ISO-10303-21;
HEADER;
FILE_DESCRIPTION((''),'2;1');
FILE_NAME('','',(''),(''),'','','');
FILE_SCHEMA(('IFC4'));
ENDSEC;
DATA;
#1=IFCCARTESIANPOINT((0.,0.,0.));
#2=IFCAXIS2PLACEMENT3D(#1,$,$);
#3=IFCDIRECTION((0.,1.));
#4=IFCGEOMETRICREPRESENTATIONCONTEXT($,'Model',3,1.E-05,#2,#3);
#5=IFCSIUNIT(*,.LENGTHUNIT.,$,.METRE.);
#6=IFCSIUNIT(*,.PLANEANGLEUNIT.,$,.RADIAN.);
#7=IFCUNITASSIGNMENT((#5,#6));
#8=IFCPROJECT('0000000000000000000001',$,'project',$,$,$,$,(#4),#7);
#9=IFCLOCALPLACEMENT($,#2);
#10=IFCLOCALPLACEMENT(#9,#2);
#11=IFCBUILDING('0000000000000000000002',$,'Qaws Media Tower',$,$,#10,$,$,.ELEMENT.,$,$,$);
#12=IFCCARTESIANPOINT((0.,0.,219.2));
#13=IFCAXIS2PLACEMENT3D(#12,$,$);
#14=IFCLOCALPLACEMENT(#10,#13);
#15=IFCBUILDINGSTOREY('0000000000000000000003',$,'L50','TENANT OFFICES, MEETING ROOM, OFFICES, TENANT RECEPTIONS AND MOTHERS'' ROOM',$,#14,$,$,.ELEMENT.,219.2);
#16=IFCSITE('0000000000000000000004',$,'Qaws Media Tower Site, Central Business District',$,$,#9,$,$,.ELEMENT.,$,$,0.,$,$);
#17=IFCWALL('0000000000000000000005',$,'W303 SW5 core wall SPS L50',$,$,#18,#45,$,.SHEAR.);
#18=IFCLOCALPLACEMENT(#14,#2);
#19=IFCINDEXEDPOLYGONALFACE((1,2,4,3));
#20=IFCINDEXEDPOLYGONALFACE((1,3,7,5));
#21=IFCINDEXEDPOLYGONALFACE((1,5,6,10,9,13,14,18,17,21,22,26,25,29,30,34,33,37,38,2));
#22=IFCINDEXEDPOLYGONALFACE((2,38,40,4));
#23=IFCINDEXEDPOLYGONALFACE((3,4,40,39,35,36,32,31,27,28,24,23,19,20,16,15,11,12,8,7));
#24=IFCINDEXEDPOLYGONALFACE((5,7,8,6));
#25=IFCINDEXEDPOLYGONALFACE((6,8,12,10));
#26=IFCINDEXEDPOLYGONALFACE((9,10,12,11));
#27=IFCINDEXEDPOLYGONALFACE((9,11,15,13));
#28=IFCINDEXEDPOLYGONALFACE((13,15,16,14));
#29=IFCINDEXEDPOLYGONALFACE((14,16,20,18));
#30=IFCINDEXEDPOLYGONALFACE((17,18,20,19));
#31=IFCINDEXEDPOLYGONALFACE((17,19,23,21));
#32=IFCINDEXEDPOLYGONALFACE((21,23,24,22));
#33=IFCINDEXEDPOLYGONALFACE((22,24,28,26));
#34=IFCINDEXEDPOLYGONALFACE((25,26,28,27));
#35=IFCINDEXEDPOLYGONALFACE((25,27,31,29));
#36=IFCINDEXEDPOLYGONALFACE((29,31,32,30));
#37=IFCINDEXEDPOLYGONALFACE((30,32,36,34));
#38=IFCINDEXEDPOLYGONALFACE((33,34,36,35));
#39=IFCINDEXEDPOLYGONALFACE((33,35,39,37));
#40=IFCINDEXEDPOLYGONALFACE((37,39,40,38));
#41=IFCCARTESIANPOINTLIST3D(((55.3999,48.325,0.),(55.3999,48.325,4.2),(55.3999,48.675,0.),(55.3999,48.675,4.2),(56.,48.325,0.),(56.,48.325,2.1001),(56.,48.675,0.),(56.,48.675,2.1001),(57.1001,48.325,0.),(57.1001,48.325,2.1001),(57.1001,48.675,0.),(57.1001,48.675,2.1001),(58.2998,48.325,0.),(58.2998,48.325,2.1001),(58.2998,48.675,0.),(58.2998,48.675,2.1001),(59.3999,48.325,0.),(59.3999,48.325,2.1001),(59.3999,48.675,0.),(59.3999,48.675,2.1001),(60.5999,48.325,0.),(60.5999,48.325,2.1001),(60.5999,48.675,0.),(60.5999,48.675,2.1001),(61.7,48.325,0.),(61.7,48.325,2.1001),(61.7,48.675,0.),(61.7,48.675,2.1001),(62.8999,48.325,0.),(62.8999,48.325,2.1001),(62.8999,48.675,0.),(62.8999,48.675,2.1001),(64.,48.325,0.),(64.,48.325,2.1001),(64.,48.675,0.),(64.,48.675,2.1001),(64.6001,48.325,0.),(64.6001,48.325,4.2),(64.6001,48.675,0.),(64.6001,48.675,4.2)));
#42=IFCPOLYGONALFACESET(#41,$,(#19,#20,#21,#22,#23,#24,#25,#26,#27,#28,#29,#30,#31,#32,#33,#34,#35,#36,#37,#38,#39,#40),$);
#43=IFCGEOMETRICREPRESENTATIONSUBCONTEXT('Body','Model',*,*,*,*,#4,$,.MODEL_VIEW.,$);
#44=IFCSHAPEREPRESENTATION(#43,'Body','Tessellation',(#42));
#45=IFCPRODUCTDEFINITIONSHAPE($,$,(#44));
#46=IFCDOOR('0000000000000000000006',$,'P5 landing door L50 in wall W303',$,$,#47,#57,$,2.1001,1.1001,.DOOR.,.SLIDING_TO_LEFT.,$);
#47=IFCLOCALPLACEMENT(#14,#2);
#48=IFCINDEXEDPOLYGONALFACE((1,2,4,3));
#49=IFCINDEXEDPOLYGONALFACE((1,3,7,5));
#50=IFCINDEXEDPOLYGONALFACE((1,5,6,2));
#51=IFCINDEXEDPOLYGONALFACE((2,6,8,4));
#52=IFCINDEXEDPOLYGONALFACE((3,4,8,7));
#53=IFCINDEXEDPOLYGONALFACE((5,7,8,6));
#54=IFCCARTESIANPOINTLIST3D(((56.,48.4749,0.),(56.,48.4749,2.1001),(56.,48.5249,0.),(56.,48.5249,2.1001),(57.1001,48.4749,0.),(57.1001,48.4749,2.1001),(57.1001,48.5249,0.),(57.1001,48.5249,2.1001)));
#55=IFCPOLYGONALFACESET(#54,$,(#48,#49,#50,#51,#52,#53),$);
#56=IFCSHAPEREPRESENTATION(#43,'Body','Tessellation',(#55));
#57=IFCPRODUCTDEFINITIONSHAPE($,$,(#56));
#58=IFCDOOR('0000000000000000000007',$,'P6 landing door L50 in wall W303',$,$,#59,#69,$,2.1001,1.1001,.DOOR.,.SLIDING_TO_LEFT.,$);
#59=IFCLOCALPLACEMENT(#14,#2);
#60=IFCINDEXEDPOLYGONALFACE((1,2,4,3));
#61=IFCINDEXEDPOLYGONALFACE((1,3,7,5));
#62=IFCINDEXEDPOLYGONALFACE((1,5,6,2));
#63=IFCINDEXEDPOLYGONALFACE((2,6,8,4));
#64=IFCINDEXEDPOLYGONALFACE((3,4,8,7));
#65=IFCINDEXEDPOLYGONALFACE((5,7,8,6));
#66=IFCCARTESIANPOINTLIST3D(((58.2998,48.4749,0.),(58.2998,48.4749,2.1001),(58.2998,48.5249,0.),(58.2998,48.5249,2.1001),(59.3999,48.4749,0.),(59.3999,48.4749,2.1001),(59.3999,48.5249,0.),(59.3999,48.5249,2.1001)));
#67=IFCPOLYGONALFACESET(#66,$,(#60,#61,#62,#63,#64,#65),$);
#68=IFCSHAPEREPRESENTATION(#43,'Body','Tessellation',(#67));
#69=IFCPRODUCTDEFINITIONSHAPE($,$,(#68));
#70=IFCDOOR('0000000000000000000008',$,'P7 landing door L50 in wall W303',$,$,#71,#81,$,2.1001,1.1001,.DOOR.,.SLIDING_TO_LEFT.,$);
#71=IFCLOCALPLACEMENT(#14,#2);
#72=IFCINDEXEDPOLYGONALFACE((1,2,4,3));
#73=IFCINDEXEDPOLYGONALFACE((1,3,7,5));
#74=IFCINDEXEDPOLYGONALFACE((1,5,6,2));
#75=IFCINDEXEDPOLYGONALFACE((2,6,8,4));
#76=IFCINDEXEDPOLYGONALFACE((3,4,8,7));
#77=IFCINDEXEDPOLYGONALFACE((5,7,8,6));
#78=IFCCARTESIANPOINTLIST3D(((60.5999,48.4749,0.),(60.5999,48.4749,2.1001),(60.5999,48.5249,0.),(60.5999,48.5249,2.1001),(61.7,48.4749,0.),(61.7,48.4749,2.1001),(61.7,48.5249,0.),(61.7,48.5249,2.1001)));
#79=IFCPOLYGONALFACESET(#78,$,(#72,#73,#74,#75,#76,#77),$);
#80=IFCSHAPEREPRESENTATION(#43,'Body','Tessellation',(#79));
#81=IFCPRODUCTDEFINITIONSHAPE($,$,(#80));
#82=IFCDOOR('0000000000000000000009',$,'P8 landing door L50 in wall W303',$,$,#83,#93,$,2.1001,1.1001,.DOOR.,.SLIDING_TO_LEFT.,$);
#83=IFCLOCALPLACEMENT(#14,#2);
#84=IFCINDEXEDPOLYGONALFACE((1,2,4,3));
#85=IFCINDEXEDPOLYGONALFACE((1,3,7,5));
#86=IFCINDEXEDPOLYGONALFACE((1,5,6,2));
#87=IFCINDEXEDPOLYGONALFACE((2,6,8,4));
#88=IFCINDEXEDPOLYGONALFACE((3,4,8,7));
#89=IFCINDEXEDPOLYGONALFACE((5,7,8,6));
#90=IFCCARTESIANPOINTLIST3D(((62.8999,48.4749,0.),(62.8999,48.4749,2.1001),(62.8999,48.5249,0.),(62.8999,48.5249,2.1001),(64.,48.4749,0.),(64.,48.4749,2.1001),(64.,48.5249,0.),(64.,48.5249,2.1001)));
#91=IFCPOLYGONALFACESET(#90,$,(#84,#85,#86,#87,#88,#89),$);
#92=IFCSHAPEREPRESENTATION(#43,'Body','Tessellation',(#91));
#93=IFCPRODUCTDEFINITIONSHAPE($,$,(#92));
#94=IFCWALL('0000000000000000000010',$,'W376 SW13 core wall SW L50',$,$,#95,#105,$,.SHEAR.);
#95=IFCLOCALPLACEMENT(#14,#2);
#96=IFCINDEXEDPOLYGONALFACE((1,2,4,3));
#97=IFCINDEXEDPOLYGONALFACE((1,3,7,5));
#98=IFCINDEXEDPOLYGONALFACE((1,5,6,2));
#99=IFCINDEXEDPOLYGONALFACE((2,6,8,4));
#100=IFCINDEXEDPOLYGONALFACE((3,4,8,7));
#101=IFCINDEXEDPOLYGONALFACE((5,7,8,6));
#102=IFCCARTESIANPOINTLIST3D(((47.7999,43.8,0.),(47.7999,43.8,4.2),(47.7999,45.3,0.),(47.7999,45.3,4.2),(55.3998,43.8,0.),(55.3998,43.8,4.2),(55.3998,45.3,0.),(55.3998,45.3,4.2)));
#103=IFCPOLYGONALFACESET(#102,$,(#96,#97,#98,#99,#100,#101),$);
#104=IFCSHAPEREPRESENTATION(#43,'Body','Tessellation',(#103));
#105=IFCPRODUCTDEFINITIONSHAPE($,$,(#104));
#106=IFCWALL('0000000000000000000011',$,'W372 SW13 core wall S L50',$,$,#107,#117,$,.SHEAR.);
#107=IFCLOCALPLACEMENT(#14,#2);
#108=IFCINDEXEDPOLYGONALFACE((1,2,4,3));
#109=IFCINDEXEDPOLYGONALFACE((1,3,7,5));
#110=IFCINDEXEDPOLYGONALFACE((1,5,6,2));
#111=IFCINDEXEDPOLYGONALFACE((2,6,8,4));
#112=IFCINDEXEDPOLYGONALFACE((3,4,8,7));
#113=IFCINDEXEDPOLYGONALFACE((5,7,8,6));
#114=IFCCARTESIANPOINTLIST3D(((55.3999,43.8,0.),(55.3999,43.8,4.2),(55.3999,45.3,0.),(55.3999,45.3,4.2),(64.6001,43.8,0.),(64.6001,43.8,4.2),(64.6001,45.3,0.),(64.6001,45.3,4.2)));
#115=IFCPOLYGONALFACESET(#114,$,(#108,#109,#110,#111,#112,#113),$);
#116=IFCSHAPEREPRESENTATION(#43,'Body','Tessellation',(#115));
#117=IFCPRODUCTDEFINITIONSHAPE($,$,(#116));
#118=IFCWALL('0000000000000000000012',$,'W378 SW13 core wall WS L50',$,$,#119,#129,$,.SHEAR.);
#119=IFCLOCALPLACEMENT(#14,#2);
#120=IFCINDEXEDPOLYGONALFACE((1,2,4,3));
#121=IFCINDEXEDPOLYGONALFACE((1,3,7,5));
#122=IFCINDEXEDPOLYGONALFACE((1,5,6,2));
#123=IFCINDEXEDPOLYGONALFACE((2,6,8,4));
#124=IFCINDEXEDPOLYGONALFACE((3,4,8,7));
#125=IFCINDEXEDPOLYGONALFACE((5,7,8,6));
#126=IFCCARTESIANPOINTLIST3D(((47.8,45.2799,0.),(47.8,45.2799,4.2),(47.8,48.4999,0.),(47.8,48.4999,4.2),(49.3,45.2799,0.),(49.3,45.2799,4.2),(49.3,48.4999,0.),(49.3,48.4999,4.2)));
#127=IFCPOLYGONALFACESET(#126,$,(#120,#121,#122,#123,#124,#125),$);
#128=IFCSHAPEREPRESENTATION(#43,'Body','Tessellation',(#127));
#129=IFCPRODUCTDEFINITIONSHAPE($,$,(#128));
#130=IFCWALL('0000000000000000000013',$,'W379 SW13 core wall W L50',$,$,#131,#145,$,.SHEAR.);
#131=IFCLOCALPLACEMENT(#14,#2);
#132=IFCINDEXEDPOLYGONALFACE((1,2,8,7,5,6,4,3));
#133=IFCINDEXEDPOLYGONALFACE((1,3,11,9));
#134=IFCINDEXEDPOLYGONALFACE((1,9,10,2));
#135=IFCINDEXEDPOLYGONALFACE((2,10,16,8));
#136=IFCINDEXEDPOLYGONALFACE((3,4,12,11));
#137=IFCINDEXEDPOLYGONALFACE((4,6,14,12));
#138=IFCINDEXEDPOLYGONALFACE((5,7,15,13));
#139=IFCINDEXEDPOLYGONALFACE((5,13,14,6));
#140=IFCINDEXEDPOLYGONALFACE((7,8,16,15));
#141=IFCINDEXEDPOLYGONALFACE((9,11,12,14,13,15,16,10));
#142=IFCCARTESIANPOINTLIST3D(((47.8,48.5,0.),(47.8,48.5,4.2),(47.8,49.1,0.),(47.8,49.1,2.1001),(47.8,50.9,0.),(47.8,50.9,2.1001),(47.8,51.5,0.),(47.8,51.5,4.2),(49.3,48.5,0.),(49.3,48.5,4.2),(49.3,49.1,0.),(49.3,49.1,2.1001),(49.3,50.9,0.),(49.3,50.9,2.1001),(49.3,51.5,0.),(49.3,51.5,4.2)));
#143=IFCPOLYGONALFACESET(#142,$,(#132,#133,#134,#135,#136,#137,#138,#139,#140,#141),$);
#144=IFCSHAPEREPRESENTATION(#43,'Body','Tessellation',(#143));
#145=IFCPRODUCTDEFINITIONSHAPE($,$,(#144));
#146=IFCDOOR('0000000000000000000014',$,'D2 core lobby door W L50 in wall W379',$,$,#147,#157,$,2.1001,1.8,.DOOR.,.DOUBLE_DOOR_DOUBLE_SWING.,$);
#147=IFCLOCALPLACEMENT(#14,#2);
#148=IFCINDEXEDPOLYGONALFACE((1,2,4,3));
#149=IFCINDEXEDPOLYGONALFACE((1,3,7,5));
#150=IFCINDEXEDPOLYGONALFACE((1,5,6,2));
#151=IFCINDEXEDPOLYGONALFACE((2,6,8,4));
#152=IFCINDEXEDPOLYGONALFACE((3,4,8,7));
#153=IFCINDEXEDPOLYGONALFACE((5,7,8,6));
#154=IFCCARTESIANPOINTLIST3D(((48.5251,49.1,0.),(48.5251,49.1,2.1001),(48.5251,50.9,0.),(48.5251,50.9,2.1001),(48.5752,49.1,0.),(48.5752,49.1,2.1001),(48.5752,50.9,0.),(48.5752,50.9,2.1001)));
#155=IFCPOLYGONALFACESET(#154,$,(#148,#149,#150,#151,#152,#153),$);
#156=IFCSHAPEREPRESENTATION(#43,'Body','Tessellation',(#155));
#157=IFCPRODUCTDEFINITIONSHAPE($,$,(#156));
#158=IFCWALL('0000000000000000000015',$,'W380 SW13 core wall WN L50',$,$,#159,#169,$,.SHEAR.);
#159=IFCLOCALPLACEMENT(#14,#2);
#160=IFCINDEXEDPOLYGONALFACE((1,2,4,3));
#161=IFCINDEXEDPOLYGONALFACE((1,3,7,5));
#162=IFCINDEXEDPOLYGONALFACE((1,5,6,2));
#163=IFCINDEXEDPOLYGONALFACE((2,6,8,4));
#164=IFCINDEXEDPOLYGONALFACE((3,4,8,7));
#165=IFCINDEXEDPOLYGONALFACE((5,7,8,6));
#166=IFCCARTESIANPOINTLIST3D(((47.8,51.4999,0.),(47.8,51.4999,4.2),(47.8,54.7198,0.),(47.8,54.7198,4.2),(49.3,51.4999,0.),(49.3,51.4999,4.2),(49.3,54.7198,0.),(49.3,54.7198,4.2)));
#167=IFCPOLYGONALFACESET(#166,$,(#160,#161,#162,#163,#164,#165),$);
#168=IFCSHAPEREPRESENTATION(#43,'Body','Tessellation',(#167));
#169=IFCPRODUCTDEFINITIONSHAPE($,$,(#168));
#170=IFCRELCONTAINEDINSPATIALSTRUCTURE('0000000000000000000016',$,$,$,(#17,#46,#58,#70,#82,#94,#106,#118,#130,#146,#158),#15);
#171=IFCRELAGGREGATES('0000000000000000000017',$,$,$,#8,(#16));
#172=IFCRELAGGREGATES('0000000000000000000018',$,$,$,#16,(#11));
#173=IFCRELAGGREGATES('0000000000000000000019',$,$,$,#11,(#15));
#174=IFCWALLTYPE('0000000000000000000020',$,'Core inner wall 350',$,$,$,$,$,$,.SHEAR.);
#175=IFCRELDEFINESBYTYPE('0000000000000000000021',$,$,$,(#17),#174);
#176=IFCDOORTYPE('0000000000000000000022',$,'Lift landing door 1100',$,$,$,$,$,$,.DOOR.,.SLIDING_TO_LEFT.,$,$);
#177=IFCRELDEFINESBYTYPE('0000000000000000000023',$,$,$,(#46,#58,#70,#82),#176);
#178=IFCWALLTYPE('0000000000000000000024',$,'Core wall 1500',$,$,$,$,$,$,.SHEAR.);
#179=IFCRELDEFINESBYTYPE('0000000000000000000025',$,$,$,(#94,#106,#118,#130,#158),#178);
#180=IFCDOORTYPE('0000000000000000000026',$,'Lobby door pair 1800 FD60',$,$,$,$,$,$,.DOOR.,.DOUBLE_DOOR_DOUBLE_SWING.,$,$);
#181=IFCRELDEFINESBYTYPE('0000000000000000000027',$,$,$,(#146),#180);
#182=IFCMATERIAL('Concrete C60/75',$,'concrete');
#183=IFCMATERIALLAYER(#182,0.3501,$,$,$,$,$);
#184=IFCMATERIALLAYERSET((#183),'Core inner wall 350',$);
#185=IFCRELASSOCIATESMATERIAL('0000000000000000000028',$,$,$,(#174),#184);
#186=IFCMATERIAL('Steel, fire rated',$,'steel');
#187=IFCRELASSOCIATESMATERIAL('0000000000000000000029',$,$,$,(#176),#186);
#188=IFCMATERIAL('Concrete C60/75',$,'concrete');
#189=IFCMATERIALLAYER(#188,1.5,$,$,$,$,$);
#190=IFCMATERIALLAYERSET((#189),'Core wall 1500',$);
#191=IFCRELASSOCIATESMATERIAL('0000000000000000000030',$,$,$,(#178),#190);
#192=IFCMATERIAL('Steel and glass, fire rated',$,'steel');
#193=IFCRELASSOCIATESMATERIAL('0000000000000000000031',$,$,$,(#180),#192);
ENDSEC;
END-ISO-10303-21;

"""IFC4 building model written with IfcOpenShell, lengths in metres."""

from ifc_helpers import new_model, si_unit, direction, frame, frame_2d, origin, place, context, subcontext, project, spatial, rectangle, extrude, material, layer, layer_set, type_object, element, fill, save


model = new_model("IFC4")

# Units and contexts
model_context = context("Model", 3, precision=1e-05, world=origin(), true_north=direction((0.0, 1.0)))
body_context = subcontext(model_context, "Body", "Model", "MODEL_VIEW")
ifc_project = project(units=[si_unit("LENGTHUNIT", "METRE"), si_unit("PLANEANGLEUNIT", "RADIAN")], contexts=[model_context])

# Site, building, storey
site_placement = place(None, origin())
site = spatial("IfcSite", under=ifc_project, at=site_placement, Name="Qaws Media Tower Site, Central Business District", CompositionType="ELEMENT", RefElevation=0.0)
building_placement = place(site_placement, origin())
building = spatial("IfcBuilding", under=site, at=building_placement, Name="Qaws Media Tower", CompositionType="ELEMENT")
storey_placement = place(building_placement, frame((0.0, 0.0, 219.2)))
storey = spatial("IfcBuildingStorey", under=building, at=storey_placement, Name="L50", Description="TENANT OFFICES, MEETING ROOM, OFFICES, TENANT RECEPTIONS AND MOTHERS' ROOM", CompositionType="ELEMENT", Elevation=219.2)

# Shared definitions
ifc_material_1 = material(Name="Concrete C60/75", Category="concrete")
ifc_layer_1 = layer(ifc_material_1, 0.3501)
ifc_layer_set_1 = layer_set([ifc_layer_1], Name="Core inner wall 350")
wall_type_1 = type_object("IfcWallType", Name="Core inner wall 350", PredefinedType="SHEAR", material=ifc_layer_set_1)

# Wall, openings, doors
wall_1_placement = place(storey_placement, frame((55.3999, 48.5, 0.0), z_axis=(0.0, 0.0, 1.0), x_axis=(1.0, 0.0, 0.0)))
wall_1 = element("IfcWall", 1, at=wall_1_placement, inside=storey, type_object=wall_type_1, Name="W303 SW5 core wall SPS L50", PredefinedType="SHEAR", context=body_context, shape_type="SweptSolid", body=[
    extrude(rectangle(XDim=9.2002, YDim=0.3501, at=frame_2d((4.6001, 0.0))), origin(), (0.0, 0.0, 1.0), 4.2),
])
opening_1_placement = place(wall_1_placement, frame((0.6001, 0.0, 0.0)))
opening_1 = element("IfcOpeningElement", 2, at=opening_1_placement, cuts=wall_1, PredefinedType="OPENING", context=body_context, shape_type="SweptSolid", body=[
    extrude(rectangle(XDim=1.1001, YDim=2.1001, at=frame_2d((0.55, 1.05))), frame((0.0, 0.1851, 0.0), z_axis=(0.0, -1.0, 0.0), x_axis=(1.0, 0.0, 0.0)), (0.0, 0.0, 1.0), 0.3701),
])
opening_2_placement = place(wall_1_placement, frame((2.8999, 0.0, 0.0)))
opening_2 = element("IfcOpeningElement", 3, at=opening_2_placement, cuts=wall_1, PredefinedType="OPENING", context=body_context, shape_type="SweptSolid", body=[
    extrude(rectangle(XDim=1.1001, YDim=2.1001, at=frame_2d((0.55, 1.05))), frame((0.0, 0.1851, 0.0), z_axis=(0.0, -1.0, 0.0), x_axis=(1.0, 0.0, 0.0)), (0.0, 0.0, 1.0), 0.3701),
])
opening_3_placement = place(wall_1_placement, frame((5.2, 0.0, 0.0)))
opening_3 = element("IfcOpeningElement", 4, at=opening_3_placement, cuts=wall_1, PredefinedType="OPENING", context=body_context, shape_type="SweptSolid", body=[
    extrude(rectangle(XDim=1.1001, YDim=2.1001, at=frame_2d((0.55, 1.05))), frame((0.0, 0.1851, 0.0), z_axis=(0.0, -1.0, 0.0), x_axis=(1.0, 0.0, 0.0)), (0.0, 0.0, 1.0), 0.3701),
])
opening_4_placement = place(wall_1_placement, frame((7.5, 0.0, 0.0)))
opening_4 = element("IfcOpeningElement", 5, at=opening_4_placement, cuts=wall_1, PredefinedType="OPENING", context=body_context, shape_type="SweptSolid", body=[
    extrude(rectangle(XDim=1.1001, YDim=2.1001, at=frame_2d((0.55, 1.05))), frame((0.0, 0.1851, 0.0), z_axis=(0.0, -1.0, 0.0), x_axis=(1.0, 0.0, 0.0)), (0.0, 0.0, 1.0), 0.3701),
])
ifc_material_2 = material(Name="Steel, fire rated", Category="steel")
door_type_1 = type_object("IfcDoorType", Name="Lift landing door 1100", OperationType="SLIDING_TO_LEFT", PredefinedType="DOOR", material=ifc_material_2)
door_1_placement = place(opening_1_placement, origin())
door_1 = element("IfcDoor", 6, at=door_1_placement, inside=storey, type_object=door_type_1, Name="P5 landing door L50 in wall W303", OperationType="SLIDING_TO_LEFT", OverallHeight=2.1001, OverallWidth=1.1001, PredefinedType="DOOR", context=body_context, shape_type="SweptSolid", body=[
    extrude(rectangle(XDim=1.1001, YDim=2.1001, at=frame_2d((0.55, 1.05))), frame((0.0, 0.0249, 0.0), z_axis=(0.0, -1.0, 0.0), x_axis=(1.0, 0.0, 0.0)), (0.0, 0.0, 1.0), 0.05),
])
fill(opening_1, door_1)
door_2_placement = place(opening_2_placement, origin())
door_2 = element("IfcDoor", 7, at=door_2_placement, inside=storey, type_object=door_type_1, Name="P6 landing door L50 in wall W303", OperationType="SLIDING_TO_LEFT", OverallHeight=2.1001, OverallWidth=1.1001, PredefinedType="DOOR", context=body_context, shape_type="SweptSolid", body=[
    extrude(rectangle(XDim=1.1001, YDim=2.1001, at=frame_2d((0.55, 1.05))), frame((0.0, 0.0249, 0.0), z_axis=(0.0, -1.0, 0.0), x_axis=(1.0, 0.0, 0.0)), (0.0, 0.0, 1.0), 0.05),
])
fill(opening_2, door_2)
door_3_placement = place(opening_3_placement, origin())
door_3 = element("IfcDoor", 8, at=door_3_placement, inside=storey, type_object=door_type_1, Name="P7 landing door L50 in wall W303", OperationType="SLIDING_TO_LEFT", OverallHeight=2.1001, OverallWidth=1.1001, PredefinedType="DOOR", context=body_context, shape_type="SweptSolid", body=[
    extrude(rectangle(XDim=1.1001, YDim=2.1001, at=frame_2d((0.55, 1.05))), frame((0.0, 0.0249, 0.0), z_axis=(0.0, -1.0, 0.0), x_axis=(1.0, 0.0, 0.0)), (0.0, 0.0, 1.0), 0.05),
])
fill(opening_3, door_3)
door_4_placement = place(opening_4_placement, origin())
door_4 = element("IfcDoor", 9, at=door_4_placement, inside=storey, type_object=door_type_1, Name="P8 landing door L50 in wall W303", OperationType="SLIDING_TO_LEFT", OverallHeight=2.1001, OverallWidth=1.1001, PredefinedType="DOOR", context=body_context, shape_type="SweptSolid", body=[
    extrude(rectangle(XDim=1.1001, YDim=2.1001, at=frame_2d((0.55, 1.05))), frame((0.0, 0.0249, 0.0), z_axis=(0.0, -1.0, 0.0), x_axis=(1.0, 0.0, 0.0)), (0.0, 0.0, 1.0), 0.05),
])
fill(opening_4, door_4)

# Walls
ifc_material_3 = material(Name="Concrete C60/75", Category="concrete")
ifc_layer_2 = layer(ifc_material_3, 1.5)
ifc_layer_set_2 = layer_set([ifc_layer_2], Name="Core wall 1500")
wall_type_2 = type_object("IfcWallType", Name="Core wall 1500", PredefinedType="SHEAR", material=ifc_layer_set_2)
wall_2_placement = place(storey_placement, frame((47.8, 44.55, 0.0), z_axis=(0.0, 0.0, 1.0), x_axis=(1.0, 0.0, 0.0)))
element("IfcWall", 10, at=wall_2_placement, inside=storey, type_object=wall_type_2, Name="W376 SW13 core wall SW L50", PredefinedType="SHEAR", context=body_context, shape_type="SweptSolid", body=[
    extrude(rectangle(XDim=7.5999, YDim=1.5, at=frame_2d((3.7998, 0.0))), origin(), (0.0, 0.0, 1.0), 4.2),
])
wall_3_placement = place(storey_placement, frame((55.3999, 44.55, 0.0), z_axis=(0.0, 0.0, 1.0), x_axis=(1.0, 0.0, 0.0)))
element("IfcWall", 11, at=wall_3_placement, inside=storey, type_object=wall_type_2, Name="W372 SW13 core wall S L50", PredefinedType="SHEAR", context=body_context, shape_type="SweptSolid", body=[
    extrude(rectangle(XDim=9.2002, YDim=1.5, at=frame_2d((4.6001, 0.0))), origin(), (0.0, 0.0, 1.0), 4.2),
])
wall_4_placement = place(storey_placement, frame((48.55, 45.28, 0.0), z_axis=(0.0, 0.0, 1.0), x_axis=(0.0, 1.0, 0.0)))
element("IfcWall", 12, at=wall_4_placement, inside=storey, type_object=wall_type_2, Name="W378 SW13 core wall WS L50", PredefinedType="SHEAR", context=body_context, shape_type="SweptSolid", body=[
    extrude(rectangle(XDim=3.22, YDim=1.5, at=frame_2d((1.6099, 0.0))), origin(), (0.0, 0.0, 1.0), 4.2),
])

# Wall, opening, door
wall_5_placement = place(storey_placement, frame((48.55, 48.5, 0.0), z_axis=(0.0, 0.0, 1.0), x_axis=(0.0, 1.0, 0.0)))
wall_5 = element("IfcWall", 13, at=wall_5_placement, inside=storey, type_object=wall_type_2, Name="W379 SW13 core wall W L50", PredefinedType="SHEAR", context=body_context, shape_type="SweptSolid", body=[
    extrude(rectangle(XDim=3.0, YDim=1.5, at=frame_2d((1.5, 0.0))), origin(), (0.0, 0.0, 1.0), 4.2),
])
opening_5_placement = place(wall_5_placement, frame((0.6001, 0.0, 0.0)))
opening_5 = element("IfcOpeningElement", 14, at=opening_5_placement, cuts=wall_5, PredefinedType="OPENING", context=body_context, shape_type="SweptSolid", body=[
    extrude(rectangle(XDim=1.8, YDim=2.1001, at=frame_2d((0.8999, 1.05))), frame((0.0, 0.76, 0.0), z_axis=(0.0, -1.0, 0.0), x_axis=(1.0, 0.0, 0.0)), (0.0, 0.0, 1.0), 1.52),
])
ifc_material_4 = material(Name="Steel and glass, fire rated", Category="steel")
door_type_2 = type_object("IfcDoorType", Name="Lobby door pair 1800 FD60", OperationType="DOUBLE_DOOR_DOUBLE_SWING", PredefinedType="DOOR", material=ifc_material_4)
door_5_placement = place(opening_5_placement, origin())
door_5 = element("IfcDoor", 15, at=door_5_placement, inside=storey, type_object=door_type_2, Name="D2 core lobby door W L50 in wall W379", OperationType="DOUBLE_DOOR_DOUBLE_SWING", OverallHeight=2.1001, OverallWidth=1.8, PredefinedType="DOOR", context=body_context, shape_type="SweptSolid", body=[
    extrude(rectangle(XDim=1.8, YDim=2.1001, at=frame_2d((0.8999, 1.05))), frame((0.0, 0.0249, 0.0), z_axis=(0.0, -1.0, 0.0), x_axis=(1.0, 0.0, 0.0)), (0.0, 0.0, 1.0), 0.05),
])
fill(opening_5, door_5)

# Wall
wall_6_placement = place(storey_placement, frame((48.55, 51.5, 0.0), z_axis=(0.0, 0.0, 1.0), x_axis=(0.0, 1.0, 0.0)))
element("IfcWall", 16, at=wall_6_placement, inside=storey, type_object=wall_type_2, Name="W380 SW13 core wall WN L50", PredefinedType="SHEAR", context=body_context, shape_type="SweptSolid", body=[
    extrude(rectangle(XDim=3.22, YDim=1.5, at=frame_2d((1.6099, 0.0))), origin(), (0.0, 0.0, 1.0), 4.2),
])

save(model, "model.ifc")
